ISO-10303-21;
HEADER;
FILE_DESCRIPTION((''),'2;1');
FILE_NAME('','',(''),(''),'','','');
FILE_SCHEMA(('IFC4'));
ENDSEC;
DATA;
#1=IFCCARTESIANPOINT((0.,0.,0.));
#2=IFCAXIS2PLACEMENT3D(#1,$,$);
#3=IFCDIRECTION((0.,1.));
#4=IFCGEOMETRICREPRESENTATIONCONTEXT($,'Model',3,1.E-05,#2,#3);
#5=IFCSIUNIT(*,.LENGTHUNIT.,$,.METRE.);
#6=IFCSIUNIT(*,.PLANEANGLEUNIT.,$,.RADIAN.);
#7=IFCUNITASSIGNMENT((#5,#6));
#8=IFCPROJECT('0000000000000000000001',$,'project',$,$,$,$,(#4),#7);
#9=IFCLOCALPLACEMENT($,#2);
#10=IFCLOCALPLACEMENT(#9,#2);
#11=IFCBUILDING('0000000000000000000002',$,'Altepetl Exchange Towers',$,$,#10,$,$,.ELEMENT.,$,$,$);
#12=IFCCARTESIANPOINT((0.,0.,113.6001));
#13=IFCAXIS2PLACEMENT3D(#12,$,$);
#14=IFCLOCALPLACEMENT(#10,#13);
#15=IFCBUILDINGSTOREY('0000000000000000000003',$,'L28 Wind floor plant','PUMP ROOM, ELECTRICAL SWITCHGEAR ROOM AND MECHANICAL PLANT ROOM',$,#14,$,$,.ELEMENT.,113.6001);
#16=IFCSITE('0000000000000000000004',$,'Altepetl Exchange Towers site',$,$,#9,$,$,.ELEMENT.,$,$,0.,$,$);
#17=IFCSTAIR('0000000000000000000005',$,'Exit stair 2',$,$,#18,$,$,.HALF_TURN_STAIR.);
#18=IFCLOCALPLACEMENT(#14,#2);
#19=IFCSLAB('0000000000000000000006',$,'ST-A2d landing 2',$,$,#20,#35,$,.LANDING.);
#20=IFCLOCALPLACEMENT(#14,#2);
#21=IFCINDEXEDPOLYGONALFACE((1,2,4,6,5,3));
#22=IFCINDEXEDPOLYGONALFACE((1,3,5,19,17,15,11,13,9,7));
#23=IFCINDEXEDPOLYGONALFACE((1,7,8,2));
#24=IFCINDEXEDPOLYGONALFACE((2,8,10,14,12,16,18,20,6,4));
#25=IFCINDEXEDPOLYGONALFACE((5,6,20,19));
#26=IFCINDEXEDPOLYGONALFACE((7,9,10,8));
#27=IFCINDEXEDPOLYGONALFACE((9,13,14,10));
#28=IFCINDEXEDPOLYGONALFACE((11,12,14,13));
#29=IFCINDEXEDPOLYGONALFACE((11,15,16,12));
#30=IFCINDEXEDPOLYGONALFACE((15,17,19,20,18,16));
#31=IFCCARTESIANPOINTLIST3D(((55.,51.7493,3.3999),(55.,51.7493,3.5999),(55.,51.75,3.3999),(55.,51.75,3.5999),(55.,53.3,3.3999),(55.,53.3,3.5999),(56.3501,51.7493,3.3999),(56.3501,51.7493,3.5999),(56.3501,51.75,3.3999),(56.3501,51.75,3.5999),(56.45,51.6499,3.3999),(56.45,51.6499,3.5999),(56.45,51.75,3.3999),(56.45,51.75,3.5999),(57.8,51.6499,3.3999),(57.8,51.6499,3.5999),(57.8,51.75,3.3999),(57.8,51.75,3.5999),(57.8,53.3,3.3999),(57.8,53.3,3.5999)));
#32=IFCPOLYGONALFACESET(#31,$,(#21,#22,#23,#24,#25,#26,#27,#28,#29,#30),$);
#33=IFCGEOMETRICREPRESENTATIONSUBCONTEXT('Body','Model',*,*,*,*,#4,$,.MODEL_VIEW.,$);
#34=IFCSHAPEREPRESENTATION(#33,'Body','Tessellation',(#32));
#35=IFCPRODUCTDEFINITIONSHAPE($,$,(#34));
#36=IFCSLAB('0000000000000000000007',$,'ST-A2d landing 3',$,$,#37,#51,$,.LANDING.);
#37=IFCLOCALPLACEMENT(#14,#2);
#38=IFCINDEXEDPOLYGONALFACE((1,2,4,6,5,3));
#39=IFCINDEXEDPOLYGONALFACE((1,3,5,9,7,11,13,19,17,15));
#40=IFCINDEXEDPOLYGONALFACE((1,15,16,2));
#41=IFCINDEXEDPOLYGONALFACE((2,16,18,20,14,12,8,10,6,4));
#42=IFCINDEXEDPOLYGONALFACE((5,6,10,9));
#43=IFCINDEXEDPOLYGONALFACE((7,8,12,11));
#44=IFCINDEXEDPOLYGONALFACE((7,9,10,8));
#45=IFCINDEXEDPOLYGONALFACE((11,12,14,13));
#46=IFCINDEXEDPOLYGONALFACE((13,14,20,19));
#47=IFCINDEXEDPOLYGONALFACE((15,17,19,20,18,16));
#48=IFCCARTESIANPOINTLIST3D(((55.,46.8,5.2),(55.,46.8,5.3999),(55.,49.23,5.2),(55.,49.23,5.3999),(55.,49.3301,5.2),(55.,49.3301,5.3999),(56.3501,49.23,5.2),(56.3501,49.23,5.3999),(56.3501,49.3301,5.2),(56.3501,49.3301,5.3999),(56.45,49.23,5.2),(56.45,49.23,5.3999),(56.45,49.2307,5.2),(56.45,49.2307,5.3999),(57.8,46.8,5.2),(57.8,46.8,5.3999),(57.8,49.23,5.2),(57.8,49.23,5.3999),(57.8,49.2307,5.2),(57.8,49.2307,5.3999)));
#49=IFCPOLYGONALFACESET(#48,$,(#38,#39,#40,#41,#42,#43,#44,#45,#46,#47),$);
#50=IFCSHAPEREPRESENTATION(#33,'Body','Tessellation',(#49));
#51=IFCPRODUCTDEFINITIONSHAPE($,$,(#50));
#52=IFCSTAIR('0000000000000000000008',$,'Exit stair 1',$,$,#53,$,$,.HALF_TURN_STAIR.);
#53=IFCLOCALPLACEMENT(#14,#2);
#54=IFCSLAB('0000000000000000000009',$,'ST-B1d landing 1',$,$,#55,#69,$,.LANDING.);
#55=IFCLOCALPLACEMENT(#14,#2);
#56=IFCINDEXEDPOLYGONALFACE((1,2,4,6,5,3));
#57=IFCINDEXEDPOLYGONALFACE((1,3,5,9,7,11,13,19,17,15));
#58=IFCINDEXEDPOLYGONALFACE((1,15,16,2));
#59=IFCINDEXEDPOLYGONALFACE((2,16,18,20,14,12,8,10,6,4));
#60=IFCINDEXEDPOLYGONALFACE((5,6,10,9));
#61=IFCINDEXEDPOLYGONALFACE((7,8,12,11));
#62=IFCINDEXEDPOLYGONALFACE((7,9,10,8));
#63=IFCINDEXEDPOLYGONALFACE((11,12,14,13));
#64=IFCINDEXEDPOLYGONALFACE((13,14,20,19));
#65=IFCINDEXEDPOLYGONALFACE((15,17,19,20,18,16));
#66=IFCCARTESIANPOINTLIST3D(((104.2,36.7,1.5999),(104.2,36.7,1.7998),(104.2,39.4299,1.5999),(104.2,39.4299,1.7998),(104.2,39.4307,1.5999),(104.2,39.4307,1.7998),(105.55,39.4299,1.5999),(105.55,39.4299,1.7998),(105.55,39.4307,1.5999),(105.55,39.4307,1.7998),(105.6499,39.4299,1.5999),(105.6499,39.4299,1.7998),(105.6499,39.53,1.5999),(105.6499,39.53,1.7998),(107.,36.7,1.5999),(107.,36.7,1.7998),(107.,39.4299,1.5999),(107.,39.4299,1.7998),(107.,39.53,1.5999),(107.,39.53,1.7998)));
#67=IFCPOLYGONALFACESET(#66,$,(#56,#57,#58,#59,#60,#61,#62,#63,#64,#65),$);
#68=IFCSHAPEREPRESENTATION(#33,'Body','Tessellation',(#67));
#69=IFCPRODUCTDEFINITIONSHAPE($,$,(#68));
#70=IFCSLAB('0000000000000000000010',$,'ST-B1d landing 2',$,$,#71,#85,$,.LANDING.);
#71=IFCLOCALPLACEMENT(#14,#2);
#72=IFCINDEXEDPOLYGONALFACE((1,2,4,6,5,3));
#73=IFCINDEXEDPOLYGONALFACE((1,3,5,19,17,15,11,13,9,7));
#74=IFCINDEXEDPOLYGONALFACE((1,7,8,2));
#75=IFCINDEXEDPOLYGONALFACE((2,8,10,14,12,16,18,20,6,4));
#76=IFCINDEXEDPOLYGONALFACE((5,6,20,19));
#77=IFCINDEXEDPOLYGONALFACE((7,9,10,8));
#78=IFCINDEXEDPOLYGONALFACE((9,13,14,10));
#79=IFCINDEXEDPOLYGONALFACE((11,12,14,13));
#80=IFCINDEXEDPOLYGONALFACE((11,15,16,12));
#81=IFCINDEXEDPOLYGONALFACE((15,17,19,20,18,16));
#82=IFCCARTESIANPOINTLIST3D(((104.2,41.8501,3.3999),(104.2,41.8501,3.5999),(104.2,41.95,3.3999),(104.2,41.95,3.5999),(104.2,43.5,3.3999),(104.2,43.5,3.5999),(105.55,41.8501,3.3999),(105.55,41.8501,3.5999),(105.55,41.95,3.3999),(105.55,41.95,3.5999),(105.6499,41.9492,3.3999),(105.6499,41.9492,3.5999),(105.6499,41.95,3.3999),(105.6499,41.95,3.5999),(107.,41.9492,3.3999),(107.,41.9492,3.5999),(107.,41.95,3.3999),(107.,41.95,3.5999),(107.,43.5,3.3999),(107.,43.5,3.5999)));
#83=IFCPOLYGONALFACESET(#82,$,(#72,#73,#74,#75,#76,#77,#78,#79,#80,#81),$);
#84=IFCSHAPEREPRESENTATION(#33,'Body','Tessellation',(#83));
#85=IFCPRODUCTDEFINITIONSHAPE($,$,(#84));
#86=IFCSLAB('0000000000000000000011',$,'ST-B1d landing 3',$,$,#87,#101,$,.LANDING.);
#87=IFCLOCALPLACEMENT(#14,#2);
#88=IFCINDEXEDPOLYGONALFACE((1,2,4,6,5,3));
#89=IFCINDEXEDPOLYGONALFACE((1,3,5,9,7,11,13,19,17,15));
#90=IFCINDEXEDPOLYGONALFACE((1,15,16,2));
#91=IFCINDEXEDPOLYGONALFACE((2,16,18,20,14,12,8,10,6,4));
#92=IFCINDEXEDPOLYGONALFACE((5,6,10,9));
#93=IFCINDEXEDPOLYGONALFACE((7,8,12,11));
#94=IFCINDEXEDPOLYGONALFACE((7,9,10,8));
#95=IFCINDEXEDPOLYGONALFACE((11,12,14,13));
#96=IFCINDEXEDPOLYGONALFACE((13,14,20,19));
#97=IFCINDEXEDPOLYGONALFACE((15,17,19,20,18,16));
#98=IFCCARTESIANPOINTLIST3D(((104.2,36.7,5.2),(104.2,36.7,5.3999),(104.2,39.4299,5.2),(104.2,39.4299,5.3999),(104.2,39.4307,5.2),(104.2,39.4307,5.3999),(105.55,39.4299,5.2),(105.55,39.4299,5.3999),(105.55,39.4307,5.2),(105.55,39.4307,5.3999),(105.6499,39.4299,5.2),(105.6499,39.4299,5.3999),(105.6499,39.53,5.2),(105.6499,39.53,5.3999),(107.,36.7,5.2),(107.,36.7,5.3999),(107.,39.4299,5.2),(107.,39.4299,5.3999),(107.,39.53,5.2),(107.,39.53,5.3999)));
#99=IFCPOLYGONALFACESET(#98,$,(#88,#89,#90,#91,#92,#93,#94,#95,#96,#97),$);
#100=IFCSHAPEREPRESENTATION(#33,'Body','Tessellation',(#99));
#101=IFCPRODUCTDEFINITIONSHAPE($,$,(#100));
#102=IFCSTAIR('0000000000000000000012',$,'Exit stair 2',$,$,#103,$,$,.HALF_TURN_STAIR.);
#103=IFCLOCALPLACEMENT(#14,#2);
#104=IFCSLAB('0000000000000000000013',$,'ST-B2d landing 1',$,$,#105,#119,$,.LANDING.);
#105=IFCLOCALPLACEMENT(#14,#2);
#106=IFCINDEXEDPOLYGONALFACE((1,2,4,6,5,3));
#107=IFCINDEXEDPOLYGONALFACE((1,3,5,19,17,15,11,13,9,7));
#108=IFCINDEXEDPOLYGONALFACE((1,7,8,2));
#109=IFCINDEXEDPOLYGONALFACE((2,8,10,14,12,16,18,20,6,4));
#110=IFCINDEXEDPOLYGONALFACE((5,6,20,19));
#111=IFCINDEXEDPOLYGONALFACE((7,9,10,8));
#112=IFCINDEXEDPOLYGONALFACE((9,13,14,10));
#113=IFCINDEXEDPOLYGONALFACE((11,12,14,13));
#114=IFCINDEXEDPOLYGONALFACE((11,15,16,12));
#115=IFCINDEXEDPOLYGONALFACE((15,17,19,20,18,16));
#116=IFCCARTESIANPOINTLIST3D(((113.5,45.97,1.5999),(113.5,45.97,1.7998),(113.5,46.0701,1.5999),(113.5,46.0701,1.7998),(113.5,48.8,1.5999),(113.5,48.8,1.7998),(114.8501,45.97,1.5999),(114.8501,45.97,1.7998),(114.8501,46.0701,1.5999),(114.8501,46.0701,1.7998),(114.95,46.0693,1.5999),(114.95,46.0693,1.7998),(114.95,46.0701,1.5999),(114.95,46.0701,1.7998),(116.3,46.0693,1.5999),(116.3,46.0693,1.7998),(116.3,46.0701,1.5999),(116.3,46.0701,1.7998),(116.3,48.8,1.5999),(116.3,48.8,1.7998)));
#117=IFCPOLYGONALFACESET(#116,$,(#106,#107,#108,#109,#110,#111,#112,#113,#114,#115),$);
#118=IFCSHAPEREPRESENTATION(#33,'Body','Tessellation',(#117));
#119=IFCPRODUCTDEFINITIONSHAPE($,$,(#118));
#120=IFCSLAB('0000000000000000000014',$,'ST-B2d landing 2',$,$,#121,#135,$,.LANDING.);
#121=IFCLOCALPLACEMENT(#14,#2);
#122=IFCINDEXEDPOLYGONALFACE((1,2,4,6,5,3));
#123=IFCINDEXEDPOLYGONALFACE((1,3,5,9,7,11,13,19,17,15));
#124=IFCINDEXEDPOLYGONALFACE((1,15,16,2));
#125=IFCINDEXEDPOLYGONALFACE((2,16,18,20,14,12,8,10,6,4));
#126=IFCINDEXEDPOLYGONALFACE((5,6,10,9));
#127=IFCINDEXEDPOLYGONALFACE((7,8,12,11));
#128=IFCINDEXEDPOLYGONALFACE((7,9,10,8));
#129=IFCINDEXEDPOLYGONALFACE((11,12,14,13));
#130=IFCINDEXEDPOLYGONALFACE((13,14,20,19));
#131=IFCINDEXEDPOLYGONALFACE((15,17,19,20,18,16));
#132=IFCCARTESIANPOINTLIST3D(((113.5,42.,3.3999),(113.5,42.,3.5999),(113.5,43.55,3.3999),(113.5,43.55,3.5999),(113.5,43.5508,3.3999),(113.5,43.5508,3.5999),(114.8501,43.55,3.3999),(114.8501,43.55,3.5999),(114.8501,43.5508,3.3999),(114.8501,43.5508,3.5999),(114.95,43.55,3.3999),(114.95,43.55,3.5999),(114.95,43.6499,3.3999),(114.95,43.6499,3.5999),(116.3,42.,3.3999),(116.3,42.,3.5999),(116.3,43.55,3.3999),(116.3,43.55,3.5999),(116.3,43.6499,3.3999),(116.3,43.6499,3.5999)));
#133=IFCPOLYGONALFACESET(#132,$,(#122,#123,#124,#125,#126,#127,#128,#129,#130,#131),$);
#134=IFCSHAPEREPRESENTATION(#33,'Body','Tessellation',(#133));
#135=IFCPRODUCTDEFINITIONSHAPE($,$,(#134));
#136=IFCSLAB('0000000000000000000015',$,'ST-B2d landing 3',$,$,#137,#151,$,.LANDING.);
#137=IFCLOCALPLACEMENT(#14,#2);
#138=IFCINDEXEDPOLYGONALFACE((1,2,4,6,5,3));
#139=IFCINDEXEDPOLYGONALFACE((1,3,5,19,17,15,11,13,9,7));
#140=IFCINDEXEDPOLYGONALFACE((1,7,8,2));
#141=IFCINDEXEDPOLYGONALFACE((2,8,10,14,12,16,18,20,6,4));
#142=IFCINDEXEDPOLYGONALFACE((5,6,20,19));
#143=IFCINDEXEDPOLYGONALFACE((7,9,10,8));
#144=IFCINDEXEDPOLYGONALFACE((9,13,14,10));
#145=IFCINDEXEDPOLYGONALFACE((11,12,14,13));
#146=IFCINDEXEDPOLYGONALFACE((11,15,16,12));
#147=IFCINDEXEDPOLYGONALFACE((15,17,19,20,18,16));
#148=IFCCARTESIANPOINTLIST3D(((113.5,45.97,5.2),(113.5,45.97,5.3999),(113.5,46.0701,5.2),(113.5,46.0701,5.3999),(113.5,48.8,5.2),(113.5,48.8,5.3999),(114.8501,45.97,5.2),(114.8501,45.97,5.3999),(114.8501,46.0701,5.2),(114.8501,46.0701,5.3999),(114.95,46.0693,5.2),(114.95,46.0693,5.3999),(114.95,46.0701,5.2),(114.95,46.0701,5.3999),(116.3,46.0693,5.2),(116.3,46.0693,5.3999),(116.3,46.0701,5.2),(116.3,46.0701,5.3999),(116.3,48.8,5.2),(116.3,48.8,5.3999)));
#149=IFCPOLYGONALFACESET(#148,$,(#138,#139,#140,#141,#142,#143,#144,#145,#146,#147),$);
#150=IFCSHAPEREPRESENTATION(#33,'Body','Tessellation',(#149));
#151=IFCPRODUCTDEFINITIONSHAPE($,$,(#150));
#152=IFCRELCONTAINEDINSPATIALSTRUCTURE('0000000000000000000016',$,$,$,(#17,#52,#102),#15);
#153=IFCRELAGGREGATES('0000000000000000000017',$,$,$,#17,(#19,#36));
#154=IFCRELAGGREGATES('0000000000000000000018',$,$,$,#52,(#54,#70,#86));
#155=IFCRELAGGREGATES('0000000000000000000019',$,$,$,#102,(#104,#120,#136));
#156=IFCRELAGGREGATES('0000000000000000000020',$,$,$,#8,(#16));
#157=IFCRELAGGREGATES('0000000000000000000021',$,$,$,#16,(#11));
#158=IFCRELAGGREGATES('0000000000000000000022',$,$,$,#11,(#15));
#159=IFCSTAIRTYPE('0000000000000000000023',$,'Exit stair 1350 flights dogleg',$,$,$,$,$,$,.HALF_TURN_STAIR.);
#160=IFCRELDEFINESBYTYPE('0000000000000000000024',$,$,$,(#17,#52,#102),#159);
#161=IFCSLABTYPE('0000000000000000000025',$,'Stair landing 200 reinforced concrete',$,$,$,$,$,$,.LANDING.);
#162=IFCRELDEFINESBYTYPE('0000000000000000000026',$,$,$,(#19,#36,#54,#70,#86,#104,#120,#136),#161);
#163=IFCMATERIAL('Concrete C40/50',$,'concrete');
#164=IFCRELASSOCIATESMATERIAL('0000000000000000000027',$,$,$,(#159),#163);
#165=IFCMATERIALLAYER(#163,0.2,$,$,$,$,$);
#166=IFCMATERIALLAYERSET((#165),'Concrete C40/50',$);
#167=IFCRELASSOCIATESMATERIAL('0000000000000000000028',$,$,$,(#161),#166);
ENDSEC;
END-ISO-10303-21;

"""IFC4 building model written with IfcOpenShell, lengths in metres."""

from ifc_helpers import new_model, si_unit, direction, frame, origin, place, context, subcontext, project, spatial, polyline, outline, extrude, material, layer, layer_set, type_object, element, aggregate, save


model = new_model("IFC4")

# Units and contexts
model_context = context("Model", 3, precision=1e-05, world=origin(), true_north=direction((0.0, 1.0)))
body_context = subcontext(model_context, "Body", "Model", "MODEL_VIEW")
ifc_project = project(units=[si_unit("LENGTHUNIT", "METRE"), si_unit("PLANEANGLEUNIT", "RADIAN")], contexts=[model_context])

# Site, building, storey
site_placement = place(None, origin())
site = spatial("IfcSite", under=ifc_project, at=site_placement, Name="Altepetl Exchange Towers site", CompositionType="ELEMENT", RefElevation=0.0)
building_placement = place(site_placement, origin())
building = spatial("IfcBuilding", under=site, at=building_placement, Name="Altepetl Exchange Towers", CompositionType="ELEMENT")
storey_placement = place(building_placement, frame((0.0, 0.0, 113.6001)))
storey = spatial("IfcBuildingStorey", under=building, at=storey_placement, Name="L28 Wind floor plant", Description="PUMP ROOM, ELECTRICAL SWITCHGEAR ROOM AND MECHANICAL PLANT ROOM", CompositionType="ELEMENT", Elevation=113.6001)

# Shared definitions
ifc_material_1 = material(Name="Concrete C40/50", Category="concrete")

# Stairs, slabs
stair_type = type_object("IfcStairType", Name="Exit stair 1350 flights dogleg", PredefinedType="HALF_TURN_STAIR", material=ifc_material_1)
ifc_layer_1 = layer(ifc_material_1, 0.2)
ifc_layer_set_1 = layer_set([ifc_layer_1], Name="Concrete C40/50")
slab_type_1 = type_object("IfcSlabType", Name="Stair landing 200 reinforced concrete", PredefinedType="LANDING", material=ifc_layer_set_1)
stair_1_placement = place(storey_placement, origin())
stair_1 = element("IfcStair", 1, at=stair_1_placement, inside=storey, type_object=stair_type, Name="Exit stair 2", PredefinedType="HALF_TURN_STAIR")
slab_1_placement = place(storey_placement, frame((0.0, 0.0, 3.3999)))
slab_1 = element("IfcSlab", 2, at=slab_1_placement, type_object=slab_type_1, Name="ST-A2d landing 2", PredefinedType="LANDING", context=body_context, shape_type="SweptSolid", body=[
    extrude(outline(polyline([(57.8, 51.6499), (56.45, 51.6499), (56.45, 51.75), (56.3501, 51.75), (56.3501, 51.7493), (55.0, 51.7493), (55.0, 51.75), (55.0, 53.3), (57.8, 53.3), (57.8, 51.75), (57.8, 51.6499)])), origin(), (0.0, 0.0, 1.0), 0.2),
])
slab_2_placement = place(storey_placement, frame((0.0, 0.0, 5.2)))
slab_2 = element("IfcSlab", 3, at=slab_2_placement, type_object=slab_type_1, Name="ST-A2d landing 3", PredefinedType="LANDING", context=body_context, shape_type="SweptSolid", body=[
    extrude(outline(polyline([(57.8, 46.8), (55.0, 46.8), (55.0, 49.23), (55.0, 49.3301), (56.3501, 49.3301), (56.3501, 49.23), (56.45, 49.23), (56.45, 49.2307), (57.8, 49.2307), (57.8, 49.23), (57.8, 46.8)])), origin(), (0.0, 0.0, 1.0), 0.2),
])
aggregate(stair_1, [slab_1, slab_2])
stair_2_placement = place(storey_placement, origin())
stair_2 = element("IfcStair", 4, at=stair_2_placement, inside=storey, type_object=stair_type, Name="Exit stair 1", PredefinedType="HALF_TURN_STAIR")
slab_3_placement = place(storey_placement, frame((0.0, 0.0, 1.5999)))
slab_3 = element("IfcSlab", 5, at=slab_3_placement, type_object=slab_type_1, Name="ST-B1d landing 1", PredefinedType="LANDING", context=body_context, shape_type="SweptSolid", body=[
    extrude(outline(polyline([(107.0, 36.7), (104.2, 36.7), (104.2, 39.4299), (104.2, 39.4307), (105.55, 39.4307), (105.55, 39.4299), (105.6499, 39.4299), (105.6499, 39.53), (107.0, 39.53), (107.0, 39.4299), (107.0, 36.7)])), origin(), (0.0, 0.0, 1.0), 0.2),
])
slab_4_placement = place(storey_placement, frame((0.0, 0.0, 3.3999)))
slab_4 = element("IfcSlab", 6, at=slab_4_placement, type_object=slab_type_1, Name="ST-B1d landing 2", PredefinedType="LANDING", context=body_context, shape_type="SweptSolid", body=[
    extrude(outline(polyline([(105.55, 41.8501), (104.2, 41.8501), (104.2, 41.95), (104.2, 43.5), (107.0, 43.5), (107.0, 41.95), (107.0, 41.9492), (105.6499, 41.9492), (105.6499, 41.95), (105.55, 41.95), (105.55, 41.8501)])), origin(), (0.0, 0.0, 1.0), 0.2),
])
slab_5_placement = place(storey_placement, frame((0.0, 0.0, 5.2)))
slab_5 = element("IfcSlab", 7, at=slab_5_placement, type_object=slab_type_1, Name="ST-B1d landing 3", PredefinedType="LANDING", context=body_context, shape_type="SweptSolid", body=[
    extrude(outline(polyline([(107.0, 36.7), (104.2, 36.7), (104.2, 39.4299), (104.2, 39.4307), (105.55, 39.4307), (105.55, 39.4299), (105.6499, 39.4299), (105.6499, 39.53), (107.0, 39.53), (107.0, 39.4299), (107.0, 36.7)])), origin(), (0.0, 0.0, 1.0), 0.2),
])
aggregate(stair_2, [slab_3, slab_4, slab_5])
stair_3_placement = place(storey_placement, origin())
stair_3 = element("IfcStair", 8, at=stair_3_placement, inside=storey, type_object=stair_type, Name="Exit stair 2", PredefinedType="HALF_TURN_STAIR")
slab_6_placement = place(storey_placement, frame((0.0, 0.0, 1.5999)))
slab_6 = element("IfcSlab", 9, at=slab_6_placement, type_object=slab_type_1, Name="ST-B2d landing 1", PredefinedType="LANDING", context=body_context, shape_type="SweptSolid", body=[
    extrude(outline(polyline([(114.8501, 45.97), (113.5, 45.97), (113.5, 46.0701), (113.5, 48.8), (116.3, 48.8), (116.3, 46.0701), (116.3, 46.0693), (114.95, 46.0693), (114.95, 46.0701), (114.8501, 46.0701), (114.8501, 45.97)])), origin(), (0.0, 0.0, 1.0), 0.2),
])
slab_7_placement = place(storey_placement, frame((0.0, 0.0, 3.3999)))
slab_7 = element("IfcSlab", 10, at=slab_7_placement, type_object=slab_type_1, Name="ST-B2d landing 2", PredefinedType="LANDING", context=body_context, shape_type="SweptSolid", body=[
    extrude(outline(polyline([(116.3, 42.0), (113.5, 42.0), (113.5, 43.55), (113.5, 43.5508), (114.8501, 43.5508), (114.8501, 43.55), (114.95, 43.55), (114.95, 43.6499), (116.3, 43.6499), (116.3, 43.55), (116.3, 42.0)])), origin(), (0.0, 0.0, 1.0), 0.2),
])
slab_8_placement = place(storey_placement, frame((0.0, 0.0, 5.2)))
slab_8 = element("IfcSlab", 11, at=slab_8_placement, type_object=slab_type_1, Name="ST-B2d landing 3", PredefinedType="LANDING", context=body_context, shape_type="SweptSolid", body=[
    extrude(outline(polyline([(114.8501, 45.97), (113.5, 45.97), (113.5, 46.0701), (113.5, 48.8), (116.3, 48.8), (116.3, 46.0701), (116.3, 46.0693), (114.95, 46.0693), (114.95, 46.0701), (114.8501, 46.0701), (114.8501, 45.97)])), origin(), (0.0, 0.0, 1.0), 0.2),
])
aggregate(stair_3, [slab_6, slab_7, slab_8])

save(model, "model.ifc")
